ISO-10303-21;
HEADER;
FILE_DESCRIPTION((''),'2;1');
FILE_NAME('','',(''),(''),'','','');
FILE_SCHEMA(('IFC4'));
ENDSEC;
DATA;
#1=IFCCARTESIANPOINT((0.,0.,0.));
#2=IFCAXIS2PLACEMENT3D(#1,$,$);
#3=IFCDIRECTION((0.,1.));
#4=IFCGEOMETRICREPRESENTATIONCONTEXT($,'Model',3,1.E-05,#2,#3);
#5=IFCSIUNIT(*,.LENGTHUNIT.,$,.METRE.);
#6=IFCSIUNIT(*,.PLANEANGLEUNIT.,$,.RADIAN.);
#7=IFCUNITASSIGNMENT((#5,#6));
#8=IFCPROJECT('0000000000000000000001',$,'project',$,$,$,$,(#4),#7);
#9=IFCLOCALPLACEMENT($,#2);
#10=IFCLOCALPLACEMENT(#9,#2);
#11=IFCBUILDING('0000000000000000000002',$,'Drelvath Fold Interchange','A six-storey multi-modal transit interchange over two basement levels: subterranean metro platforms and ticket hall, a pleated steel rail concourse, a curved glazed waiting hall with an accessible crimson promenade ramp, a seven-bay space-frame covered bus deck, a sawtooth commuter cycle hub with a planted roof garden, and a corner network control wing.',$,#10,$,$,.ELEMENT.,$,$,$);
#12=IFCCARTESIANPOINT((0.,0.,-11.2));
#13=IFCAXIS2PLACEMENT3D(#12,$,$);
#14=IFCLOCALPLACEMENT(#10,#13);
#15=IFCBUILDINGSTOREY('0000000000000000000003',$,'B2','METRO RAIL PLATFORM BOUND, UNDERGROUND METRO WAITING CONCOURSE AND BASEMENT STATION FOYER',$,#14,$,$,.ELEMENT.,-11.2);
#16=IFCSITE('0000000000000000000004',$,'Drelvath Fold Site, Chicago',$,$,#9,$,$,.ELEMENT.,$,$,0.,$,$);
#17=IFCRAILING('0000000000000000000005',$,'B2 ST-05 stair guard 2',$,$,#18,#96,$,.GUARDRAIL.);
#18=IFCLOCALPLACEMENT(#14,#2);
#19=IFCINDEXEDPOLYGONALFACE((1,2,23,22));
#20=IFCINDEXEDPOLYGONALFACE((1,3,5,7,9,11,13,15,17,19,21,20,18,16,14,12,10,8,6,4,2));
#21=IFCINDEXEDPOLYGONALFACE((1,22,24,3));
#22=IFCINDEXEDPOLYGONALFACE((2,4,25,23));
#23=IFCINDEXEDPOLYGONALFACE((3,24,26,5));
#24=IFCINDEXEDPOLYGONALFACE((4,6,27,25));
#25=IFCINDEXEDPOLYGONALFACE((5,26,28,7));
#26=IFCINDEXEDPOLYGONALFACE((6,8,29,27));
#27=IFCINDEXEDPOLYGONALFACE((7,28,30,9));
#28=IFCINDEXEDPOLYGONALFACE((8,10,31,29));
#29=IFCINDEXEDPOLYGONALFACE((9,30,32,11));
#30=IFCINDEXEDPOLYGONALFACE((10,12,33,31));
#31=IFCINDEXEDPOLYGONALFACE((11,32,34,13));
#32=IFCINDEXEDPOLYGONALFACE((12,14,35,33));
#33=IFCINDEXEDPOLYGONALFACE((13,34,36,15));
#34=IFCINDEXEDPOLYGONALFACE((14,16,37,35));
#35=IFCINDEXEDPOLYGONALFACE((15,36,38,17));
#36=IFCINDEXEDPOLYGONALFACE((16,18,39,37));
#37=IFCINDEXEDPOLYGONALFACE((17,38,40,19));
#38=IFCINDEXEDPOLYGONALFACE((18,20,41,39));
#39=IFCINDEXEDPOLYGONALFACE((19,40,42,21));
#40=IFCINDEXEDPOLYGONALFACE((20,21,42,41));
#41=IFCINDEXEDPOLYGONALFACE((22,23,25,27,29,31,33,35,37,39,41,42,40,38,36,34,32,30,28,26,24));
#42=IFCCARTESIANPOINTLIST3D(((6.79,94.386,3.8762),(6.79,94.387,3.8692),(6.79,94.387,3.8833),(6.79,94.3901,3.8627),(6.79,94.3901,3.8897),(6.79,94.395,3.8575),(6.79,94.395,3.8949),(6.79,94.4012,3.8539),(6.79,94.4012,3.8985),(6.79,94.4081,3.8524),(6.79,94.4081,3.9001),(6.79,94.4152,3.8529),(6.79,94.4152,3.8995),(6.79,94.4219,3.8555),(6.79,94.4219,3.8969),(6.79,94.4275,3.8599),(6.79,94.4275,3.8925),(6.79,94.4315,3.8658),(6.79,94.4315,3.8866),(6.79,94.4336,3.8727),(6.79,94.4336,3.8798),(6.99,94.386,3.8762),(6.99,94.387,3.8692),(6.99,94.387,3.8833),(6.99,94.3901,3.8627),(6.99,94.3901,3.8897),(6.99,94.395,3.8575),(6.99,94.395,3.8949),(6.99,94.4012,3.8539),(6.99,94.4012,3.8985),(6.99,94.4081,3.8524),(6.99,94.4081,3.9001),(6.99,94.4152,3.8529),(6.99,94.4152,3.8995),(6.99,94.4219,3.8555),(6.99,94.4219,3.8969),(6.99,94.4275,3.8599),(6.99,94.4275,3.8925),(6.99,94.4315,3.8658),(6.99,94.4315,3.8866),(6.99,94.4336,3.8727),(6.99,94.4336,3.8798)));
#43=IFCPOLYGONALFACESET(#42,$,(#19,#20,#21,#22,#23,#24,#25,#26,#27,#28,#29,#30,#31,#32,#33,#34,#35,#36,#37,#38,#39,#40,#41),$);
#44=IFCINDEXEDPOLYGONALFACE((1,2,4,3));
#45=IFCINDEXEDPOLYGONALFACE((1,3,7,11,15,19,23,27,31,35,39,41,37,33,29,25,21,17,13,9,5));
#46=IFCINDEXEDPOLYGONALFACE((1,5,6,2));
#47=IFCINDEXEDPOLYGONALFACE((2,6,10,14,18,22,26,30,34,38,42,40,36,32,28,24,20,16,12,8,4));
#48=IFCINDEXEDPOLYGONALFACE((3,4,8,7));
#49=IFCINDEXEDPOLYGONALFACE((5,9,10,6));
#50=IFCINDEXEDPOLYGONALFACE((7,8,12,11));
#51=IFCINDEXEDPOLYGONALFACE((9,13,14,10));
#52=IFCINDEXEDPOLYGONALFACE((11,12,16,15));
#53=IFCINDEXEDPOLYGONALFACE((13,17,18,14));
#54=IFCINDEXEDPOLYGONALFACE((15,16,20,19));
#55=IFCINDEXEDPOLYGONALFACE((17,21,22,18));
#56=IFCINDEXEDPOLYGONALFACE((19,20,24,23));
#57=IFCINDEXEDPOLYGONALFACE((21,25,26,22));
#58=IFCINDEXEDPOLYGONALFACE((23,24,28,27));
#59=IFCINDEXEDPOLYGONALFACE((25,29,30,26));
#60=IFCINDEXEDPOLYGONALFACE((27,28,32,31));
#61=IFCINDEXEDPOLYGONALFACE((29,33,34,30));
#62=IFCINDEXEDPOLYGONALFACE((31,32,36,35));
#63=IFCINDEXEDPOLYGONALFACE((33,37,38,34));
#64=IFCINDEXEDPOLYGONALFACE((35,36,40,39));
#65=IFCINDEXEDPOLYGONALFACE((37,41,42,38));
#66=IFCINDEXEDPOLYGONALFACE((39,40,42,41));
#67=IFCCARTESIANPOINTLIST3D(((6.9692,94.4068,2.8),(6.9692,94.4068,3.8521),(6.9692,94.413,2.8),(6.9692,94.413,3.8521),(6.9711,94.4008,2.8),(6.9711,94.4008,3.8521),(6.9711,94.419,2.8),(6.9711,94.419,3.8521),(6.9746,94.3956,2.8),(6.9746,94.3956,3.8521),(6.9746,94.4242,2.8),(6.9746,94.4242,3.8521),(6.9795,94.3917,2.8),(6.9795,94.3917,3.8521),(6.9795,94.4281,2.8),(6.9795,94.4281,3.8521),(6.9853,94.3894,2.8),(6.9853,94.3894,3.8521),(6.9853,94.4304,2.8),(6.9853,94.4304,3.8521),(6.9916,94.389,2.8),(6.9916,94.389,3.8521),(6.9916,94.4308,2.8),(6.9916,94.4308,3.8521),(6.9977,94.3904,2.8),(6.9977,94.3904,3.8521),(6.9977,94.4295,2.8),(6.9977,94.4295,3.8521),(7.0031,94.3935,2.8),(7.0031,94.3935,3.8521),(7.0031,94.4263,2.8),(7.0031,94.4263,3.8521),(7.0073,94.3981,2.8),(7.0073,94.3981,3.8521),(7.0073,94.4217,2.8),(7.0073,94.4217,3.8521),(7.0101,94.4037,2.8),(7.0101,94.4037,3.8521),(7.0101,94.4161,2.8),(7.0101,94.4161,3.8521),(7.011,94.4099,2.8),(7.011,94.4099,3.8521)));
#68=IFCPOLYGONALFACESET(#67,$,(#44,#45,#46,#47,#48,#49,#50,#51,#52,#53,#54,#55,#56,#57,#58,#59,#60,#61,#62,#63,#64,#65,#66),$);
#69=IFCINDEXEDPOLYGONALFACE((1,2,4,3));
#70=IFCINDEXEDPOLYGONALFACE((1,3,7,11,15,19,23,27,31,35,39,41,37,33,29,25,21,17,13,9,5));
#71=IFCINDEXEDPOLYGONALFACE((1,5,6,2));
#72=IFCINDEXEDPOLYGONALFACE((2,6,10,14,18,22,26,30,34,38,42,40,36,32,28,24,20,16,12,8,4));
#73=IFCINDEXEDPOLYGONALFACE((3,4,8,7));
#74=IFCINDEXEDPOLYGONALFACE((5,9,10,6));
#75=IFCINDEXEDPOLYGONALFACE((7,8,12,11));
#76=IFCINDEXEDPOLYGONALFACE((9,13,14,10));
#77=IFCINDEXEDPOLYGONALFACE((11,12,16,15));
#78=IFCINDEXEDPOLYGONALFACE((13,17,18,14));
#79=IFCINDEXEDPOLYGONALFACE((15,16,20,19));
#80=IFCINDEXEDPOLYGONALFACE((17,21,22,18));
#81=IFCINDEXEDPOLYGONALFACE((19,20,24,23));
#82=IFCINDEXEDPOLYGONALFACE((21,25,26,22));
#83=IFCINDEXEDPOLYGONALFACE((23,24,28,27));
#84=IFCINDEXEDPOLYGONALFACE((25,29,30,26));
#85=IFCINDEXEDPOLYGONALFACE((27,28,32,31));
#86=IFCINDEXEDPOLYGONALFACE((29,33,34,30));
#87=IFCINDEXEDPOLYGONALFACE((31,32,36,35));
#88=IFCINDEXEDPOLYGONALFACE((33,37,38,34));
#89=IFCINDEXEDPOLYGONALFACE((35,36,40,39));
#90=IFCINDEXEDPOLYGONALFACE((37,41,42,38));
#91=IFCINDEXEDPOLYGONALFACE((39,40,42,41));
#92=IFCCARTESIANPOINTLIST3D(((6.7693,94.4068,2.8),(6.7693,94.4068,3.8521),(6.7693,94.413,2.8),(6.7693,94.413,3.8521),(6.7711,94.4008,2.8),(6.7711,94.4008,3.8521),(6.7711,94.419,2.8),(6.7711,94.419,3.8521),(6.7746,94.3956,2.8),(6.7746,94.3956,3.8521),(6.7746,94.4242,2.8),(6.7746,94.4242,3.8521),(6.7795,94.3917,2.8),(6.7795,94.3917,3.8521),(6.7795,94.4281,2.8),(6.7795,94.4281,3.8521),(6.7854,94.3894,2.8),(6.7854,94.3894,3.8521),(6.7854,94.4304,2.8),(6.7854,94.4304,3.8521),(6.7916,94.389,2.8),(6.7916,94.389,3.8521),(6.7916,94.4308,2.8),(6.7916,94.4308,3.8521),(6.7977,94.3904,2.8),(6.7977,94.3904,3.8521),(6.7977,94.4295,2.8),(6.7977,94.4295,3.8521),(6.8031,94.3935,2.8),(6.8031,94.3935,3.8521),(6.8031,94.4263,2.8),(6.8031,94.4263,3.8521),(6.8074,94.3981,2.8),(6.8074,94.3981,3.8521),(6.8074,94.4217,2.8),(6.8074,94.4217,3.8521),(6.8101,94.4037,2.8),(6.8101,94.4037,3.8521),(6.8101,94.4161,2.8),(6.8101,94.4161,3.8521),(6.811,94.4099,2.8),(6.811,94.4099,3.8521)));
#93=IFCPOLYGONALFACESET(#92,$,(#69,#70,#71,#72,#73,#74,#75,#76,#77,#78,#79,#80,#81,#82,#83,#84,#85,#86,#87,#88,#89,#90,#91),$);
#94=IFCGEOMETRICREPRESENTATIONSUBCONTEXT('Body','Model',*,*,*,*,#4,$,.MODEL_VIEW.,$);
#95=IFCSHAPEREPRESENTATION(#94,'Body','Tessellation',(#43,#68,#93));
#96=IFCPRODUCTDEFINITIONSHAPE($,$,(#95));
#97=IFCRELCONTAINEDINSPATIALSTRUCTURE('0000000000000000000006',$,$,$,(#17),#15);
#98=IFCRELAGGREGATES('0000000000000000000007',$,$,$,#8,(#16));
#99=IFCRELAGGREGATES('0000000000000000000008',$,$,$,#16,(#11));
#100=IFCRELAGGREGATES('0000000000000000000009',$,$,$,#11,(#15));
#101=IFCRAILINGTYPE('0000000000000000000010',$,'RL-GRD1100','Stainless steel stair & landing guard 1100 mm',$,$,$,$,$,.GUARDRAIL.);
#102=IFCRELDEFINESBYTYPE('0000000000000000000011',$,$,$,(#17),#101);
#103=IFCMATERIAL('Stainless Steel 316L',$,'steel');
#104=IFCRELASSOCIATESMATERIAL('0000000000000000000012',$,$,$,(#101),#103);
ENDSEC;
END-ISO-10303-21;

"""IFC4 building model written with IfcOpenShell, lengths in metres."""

from ifc_helpers import new_model, si_unit, direction, frame, origin, origin_2d, place, context, subcontext, project, spatial, circle, extrude, material, type_object, element, save


model = new_model("IFC4")

# Units and contexts
model_context = context("Model", 3, precision=1e-05, world=origin(), true_north=direction((0.0, 1.0)))
body_context = subcontext(model_context, "Body", "Model", "MODEL_VIEW")
ifc_project = project(units=[si_unit("LENGTHUNIT", "METRE"), si_unit("PLANEANGLEUNIT", "RADIAN")], contexts=[model_context])

# Site, building, storey
site_placement = place(None, origin())
site = spatial("IfcSite", under=ifc_project, at=site_placement, Name="Drelvath Fold Site, Chicago", CompositionType="ELEMENT", RefElevation=0.0)
building_placement = place(site_placement, origin())
building = spatial("IfcBuilding", under=site, at=building_placement, Name="Drelvath Fold Interchange", Description="A six-storey multi-modal transit interchange over two basement levels: subterranean metro platforms and ticket hall, a pleated steel rail concourse, a curved glazed waiting hall with an accessible crimson promenade ramp, a seven-bay space-frame covered bus deck, a sawtooth commuter cycle hub with a planted roof garden, and a corner network control wing.", CompositionType="ELEMENT")
storey_placement = place(building_placement, frame((0.0, 0.0, -11.2)))
storey = spatial("IfcBuildingStorey", under=building, at=storey_placement, Name="B2", Description="METRO RAIL PLATFORM BOUND, UNDERGROUND METRO WAITING CONCOURSE AND BASEMENT STATION FOYER", CompositionType="ELEMENT", Elevation=-11.2)

# Railing
ifc_material_1 = material(Name="Stainless Steel 316L", Category="steel")
railing_type_1 = type_object("IfcRailingType", Name="RL-GRD1100", Description="Stainless steel stair & landing guard 1100 mm", PredefinedType="GUARDRAIL", material=ifc_material_1)
railing_1_placement = place(storey_placement, frame((6.99, 94.4099, 2.8)))
element("IfcRailing", 1, at=railing_1_placement, inside=storey, type_object=railing_type_1, Name="B2 ST-05 stair guard 2", PredefinedType="GUARDRAIL", context=body_context, shape_type="SweptSolid", body=[
    extrude(circle(Radius=0.0239, at=origin_2d()), frame((0.0, 0.0, 1.0762), z_axis=(-1.0, 0.0, 0.0), x_axis=(0.0, -1.0, 0.0)), (0.0, 0.0, 1.0), 0.2),
    extrude(circle(Radius=0.021, at=origin_2d()), origin(), (0.0, 0.0, 1.0), 1.052),
    extrude(circle(Radius=0.021, at=origin_2d()), frame((-0.2, 0.0, 0.0)), (0.0, 0.0, 1.0), 1.052),
])

save(model, "model.ifc")
